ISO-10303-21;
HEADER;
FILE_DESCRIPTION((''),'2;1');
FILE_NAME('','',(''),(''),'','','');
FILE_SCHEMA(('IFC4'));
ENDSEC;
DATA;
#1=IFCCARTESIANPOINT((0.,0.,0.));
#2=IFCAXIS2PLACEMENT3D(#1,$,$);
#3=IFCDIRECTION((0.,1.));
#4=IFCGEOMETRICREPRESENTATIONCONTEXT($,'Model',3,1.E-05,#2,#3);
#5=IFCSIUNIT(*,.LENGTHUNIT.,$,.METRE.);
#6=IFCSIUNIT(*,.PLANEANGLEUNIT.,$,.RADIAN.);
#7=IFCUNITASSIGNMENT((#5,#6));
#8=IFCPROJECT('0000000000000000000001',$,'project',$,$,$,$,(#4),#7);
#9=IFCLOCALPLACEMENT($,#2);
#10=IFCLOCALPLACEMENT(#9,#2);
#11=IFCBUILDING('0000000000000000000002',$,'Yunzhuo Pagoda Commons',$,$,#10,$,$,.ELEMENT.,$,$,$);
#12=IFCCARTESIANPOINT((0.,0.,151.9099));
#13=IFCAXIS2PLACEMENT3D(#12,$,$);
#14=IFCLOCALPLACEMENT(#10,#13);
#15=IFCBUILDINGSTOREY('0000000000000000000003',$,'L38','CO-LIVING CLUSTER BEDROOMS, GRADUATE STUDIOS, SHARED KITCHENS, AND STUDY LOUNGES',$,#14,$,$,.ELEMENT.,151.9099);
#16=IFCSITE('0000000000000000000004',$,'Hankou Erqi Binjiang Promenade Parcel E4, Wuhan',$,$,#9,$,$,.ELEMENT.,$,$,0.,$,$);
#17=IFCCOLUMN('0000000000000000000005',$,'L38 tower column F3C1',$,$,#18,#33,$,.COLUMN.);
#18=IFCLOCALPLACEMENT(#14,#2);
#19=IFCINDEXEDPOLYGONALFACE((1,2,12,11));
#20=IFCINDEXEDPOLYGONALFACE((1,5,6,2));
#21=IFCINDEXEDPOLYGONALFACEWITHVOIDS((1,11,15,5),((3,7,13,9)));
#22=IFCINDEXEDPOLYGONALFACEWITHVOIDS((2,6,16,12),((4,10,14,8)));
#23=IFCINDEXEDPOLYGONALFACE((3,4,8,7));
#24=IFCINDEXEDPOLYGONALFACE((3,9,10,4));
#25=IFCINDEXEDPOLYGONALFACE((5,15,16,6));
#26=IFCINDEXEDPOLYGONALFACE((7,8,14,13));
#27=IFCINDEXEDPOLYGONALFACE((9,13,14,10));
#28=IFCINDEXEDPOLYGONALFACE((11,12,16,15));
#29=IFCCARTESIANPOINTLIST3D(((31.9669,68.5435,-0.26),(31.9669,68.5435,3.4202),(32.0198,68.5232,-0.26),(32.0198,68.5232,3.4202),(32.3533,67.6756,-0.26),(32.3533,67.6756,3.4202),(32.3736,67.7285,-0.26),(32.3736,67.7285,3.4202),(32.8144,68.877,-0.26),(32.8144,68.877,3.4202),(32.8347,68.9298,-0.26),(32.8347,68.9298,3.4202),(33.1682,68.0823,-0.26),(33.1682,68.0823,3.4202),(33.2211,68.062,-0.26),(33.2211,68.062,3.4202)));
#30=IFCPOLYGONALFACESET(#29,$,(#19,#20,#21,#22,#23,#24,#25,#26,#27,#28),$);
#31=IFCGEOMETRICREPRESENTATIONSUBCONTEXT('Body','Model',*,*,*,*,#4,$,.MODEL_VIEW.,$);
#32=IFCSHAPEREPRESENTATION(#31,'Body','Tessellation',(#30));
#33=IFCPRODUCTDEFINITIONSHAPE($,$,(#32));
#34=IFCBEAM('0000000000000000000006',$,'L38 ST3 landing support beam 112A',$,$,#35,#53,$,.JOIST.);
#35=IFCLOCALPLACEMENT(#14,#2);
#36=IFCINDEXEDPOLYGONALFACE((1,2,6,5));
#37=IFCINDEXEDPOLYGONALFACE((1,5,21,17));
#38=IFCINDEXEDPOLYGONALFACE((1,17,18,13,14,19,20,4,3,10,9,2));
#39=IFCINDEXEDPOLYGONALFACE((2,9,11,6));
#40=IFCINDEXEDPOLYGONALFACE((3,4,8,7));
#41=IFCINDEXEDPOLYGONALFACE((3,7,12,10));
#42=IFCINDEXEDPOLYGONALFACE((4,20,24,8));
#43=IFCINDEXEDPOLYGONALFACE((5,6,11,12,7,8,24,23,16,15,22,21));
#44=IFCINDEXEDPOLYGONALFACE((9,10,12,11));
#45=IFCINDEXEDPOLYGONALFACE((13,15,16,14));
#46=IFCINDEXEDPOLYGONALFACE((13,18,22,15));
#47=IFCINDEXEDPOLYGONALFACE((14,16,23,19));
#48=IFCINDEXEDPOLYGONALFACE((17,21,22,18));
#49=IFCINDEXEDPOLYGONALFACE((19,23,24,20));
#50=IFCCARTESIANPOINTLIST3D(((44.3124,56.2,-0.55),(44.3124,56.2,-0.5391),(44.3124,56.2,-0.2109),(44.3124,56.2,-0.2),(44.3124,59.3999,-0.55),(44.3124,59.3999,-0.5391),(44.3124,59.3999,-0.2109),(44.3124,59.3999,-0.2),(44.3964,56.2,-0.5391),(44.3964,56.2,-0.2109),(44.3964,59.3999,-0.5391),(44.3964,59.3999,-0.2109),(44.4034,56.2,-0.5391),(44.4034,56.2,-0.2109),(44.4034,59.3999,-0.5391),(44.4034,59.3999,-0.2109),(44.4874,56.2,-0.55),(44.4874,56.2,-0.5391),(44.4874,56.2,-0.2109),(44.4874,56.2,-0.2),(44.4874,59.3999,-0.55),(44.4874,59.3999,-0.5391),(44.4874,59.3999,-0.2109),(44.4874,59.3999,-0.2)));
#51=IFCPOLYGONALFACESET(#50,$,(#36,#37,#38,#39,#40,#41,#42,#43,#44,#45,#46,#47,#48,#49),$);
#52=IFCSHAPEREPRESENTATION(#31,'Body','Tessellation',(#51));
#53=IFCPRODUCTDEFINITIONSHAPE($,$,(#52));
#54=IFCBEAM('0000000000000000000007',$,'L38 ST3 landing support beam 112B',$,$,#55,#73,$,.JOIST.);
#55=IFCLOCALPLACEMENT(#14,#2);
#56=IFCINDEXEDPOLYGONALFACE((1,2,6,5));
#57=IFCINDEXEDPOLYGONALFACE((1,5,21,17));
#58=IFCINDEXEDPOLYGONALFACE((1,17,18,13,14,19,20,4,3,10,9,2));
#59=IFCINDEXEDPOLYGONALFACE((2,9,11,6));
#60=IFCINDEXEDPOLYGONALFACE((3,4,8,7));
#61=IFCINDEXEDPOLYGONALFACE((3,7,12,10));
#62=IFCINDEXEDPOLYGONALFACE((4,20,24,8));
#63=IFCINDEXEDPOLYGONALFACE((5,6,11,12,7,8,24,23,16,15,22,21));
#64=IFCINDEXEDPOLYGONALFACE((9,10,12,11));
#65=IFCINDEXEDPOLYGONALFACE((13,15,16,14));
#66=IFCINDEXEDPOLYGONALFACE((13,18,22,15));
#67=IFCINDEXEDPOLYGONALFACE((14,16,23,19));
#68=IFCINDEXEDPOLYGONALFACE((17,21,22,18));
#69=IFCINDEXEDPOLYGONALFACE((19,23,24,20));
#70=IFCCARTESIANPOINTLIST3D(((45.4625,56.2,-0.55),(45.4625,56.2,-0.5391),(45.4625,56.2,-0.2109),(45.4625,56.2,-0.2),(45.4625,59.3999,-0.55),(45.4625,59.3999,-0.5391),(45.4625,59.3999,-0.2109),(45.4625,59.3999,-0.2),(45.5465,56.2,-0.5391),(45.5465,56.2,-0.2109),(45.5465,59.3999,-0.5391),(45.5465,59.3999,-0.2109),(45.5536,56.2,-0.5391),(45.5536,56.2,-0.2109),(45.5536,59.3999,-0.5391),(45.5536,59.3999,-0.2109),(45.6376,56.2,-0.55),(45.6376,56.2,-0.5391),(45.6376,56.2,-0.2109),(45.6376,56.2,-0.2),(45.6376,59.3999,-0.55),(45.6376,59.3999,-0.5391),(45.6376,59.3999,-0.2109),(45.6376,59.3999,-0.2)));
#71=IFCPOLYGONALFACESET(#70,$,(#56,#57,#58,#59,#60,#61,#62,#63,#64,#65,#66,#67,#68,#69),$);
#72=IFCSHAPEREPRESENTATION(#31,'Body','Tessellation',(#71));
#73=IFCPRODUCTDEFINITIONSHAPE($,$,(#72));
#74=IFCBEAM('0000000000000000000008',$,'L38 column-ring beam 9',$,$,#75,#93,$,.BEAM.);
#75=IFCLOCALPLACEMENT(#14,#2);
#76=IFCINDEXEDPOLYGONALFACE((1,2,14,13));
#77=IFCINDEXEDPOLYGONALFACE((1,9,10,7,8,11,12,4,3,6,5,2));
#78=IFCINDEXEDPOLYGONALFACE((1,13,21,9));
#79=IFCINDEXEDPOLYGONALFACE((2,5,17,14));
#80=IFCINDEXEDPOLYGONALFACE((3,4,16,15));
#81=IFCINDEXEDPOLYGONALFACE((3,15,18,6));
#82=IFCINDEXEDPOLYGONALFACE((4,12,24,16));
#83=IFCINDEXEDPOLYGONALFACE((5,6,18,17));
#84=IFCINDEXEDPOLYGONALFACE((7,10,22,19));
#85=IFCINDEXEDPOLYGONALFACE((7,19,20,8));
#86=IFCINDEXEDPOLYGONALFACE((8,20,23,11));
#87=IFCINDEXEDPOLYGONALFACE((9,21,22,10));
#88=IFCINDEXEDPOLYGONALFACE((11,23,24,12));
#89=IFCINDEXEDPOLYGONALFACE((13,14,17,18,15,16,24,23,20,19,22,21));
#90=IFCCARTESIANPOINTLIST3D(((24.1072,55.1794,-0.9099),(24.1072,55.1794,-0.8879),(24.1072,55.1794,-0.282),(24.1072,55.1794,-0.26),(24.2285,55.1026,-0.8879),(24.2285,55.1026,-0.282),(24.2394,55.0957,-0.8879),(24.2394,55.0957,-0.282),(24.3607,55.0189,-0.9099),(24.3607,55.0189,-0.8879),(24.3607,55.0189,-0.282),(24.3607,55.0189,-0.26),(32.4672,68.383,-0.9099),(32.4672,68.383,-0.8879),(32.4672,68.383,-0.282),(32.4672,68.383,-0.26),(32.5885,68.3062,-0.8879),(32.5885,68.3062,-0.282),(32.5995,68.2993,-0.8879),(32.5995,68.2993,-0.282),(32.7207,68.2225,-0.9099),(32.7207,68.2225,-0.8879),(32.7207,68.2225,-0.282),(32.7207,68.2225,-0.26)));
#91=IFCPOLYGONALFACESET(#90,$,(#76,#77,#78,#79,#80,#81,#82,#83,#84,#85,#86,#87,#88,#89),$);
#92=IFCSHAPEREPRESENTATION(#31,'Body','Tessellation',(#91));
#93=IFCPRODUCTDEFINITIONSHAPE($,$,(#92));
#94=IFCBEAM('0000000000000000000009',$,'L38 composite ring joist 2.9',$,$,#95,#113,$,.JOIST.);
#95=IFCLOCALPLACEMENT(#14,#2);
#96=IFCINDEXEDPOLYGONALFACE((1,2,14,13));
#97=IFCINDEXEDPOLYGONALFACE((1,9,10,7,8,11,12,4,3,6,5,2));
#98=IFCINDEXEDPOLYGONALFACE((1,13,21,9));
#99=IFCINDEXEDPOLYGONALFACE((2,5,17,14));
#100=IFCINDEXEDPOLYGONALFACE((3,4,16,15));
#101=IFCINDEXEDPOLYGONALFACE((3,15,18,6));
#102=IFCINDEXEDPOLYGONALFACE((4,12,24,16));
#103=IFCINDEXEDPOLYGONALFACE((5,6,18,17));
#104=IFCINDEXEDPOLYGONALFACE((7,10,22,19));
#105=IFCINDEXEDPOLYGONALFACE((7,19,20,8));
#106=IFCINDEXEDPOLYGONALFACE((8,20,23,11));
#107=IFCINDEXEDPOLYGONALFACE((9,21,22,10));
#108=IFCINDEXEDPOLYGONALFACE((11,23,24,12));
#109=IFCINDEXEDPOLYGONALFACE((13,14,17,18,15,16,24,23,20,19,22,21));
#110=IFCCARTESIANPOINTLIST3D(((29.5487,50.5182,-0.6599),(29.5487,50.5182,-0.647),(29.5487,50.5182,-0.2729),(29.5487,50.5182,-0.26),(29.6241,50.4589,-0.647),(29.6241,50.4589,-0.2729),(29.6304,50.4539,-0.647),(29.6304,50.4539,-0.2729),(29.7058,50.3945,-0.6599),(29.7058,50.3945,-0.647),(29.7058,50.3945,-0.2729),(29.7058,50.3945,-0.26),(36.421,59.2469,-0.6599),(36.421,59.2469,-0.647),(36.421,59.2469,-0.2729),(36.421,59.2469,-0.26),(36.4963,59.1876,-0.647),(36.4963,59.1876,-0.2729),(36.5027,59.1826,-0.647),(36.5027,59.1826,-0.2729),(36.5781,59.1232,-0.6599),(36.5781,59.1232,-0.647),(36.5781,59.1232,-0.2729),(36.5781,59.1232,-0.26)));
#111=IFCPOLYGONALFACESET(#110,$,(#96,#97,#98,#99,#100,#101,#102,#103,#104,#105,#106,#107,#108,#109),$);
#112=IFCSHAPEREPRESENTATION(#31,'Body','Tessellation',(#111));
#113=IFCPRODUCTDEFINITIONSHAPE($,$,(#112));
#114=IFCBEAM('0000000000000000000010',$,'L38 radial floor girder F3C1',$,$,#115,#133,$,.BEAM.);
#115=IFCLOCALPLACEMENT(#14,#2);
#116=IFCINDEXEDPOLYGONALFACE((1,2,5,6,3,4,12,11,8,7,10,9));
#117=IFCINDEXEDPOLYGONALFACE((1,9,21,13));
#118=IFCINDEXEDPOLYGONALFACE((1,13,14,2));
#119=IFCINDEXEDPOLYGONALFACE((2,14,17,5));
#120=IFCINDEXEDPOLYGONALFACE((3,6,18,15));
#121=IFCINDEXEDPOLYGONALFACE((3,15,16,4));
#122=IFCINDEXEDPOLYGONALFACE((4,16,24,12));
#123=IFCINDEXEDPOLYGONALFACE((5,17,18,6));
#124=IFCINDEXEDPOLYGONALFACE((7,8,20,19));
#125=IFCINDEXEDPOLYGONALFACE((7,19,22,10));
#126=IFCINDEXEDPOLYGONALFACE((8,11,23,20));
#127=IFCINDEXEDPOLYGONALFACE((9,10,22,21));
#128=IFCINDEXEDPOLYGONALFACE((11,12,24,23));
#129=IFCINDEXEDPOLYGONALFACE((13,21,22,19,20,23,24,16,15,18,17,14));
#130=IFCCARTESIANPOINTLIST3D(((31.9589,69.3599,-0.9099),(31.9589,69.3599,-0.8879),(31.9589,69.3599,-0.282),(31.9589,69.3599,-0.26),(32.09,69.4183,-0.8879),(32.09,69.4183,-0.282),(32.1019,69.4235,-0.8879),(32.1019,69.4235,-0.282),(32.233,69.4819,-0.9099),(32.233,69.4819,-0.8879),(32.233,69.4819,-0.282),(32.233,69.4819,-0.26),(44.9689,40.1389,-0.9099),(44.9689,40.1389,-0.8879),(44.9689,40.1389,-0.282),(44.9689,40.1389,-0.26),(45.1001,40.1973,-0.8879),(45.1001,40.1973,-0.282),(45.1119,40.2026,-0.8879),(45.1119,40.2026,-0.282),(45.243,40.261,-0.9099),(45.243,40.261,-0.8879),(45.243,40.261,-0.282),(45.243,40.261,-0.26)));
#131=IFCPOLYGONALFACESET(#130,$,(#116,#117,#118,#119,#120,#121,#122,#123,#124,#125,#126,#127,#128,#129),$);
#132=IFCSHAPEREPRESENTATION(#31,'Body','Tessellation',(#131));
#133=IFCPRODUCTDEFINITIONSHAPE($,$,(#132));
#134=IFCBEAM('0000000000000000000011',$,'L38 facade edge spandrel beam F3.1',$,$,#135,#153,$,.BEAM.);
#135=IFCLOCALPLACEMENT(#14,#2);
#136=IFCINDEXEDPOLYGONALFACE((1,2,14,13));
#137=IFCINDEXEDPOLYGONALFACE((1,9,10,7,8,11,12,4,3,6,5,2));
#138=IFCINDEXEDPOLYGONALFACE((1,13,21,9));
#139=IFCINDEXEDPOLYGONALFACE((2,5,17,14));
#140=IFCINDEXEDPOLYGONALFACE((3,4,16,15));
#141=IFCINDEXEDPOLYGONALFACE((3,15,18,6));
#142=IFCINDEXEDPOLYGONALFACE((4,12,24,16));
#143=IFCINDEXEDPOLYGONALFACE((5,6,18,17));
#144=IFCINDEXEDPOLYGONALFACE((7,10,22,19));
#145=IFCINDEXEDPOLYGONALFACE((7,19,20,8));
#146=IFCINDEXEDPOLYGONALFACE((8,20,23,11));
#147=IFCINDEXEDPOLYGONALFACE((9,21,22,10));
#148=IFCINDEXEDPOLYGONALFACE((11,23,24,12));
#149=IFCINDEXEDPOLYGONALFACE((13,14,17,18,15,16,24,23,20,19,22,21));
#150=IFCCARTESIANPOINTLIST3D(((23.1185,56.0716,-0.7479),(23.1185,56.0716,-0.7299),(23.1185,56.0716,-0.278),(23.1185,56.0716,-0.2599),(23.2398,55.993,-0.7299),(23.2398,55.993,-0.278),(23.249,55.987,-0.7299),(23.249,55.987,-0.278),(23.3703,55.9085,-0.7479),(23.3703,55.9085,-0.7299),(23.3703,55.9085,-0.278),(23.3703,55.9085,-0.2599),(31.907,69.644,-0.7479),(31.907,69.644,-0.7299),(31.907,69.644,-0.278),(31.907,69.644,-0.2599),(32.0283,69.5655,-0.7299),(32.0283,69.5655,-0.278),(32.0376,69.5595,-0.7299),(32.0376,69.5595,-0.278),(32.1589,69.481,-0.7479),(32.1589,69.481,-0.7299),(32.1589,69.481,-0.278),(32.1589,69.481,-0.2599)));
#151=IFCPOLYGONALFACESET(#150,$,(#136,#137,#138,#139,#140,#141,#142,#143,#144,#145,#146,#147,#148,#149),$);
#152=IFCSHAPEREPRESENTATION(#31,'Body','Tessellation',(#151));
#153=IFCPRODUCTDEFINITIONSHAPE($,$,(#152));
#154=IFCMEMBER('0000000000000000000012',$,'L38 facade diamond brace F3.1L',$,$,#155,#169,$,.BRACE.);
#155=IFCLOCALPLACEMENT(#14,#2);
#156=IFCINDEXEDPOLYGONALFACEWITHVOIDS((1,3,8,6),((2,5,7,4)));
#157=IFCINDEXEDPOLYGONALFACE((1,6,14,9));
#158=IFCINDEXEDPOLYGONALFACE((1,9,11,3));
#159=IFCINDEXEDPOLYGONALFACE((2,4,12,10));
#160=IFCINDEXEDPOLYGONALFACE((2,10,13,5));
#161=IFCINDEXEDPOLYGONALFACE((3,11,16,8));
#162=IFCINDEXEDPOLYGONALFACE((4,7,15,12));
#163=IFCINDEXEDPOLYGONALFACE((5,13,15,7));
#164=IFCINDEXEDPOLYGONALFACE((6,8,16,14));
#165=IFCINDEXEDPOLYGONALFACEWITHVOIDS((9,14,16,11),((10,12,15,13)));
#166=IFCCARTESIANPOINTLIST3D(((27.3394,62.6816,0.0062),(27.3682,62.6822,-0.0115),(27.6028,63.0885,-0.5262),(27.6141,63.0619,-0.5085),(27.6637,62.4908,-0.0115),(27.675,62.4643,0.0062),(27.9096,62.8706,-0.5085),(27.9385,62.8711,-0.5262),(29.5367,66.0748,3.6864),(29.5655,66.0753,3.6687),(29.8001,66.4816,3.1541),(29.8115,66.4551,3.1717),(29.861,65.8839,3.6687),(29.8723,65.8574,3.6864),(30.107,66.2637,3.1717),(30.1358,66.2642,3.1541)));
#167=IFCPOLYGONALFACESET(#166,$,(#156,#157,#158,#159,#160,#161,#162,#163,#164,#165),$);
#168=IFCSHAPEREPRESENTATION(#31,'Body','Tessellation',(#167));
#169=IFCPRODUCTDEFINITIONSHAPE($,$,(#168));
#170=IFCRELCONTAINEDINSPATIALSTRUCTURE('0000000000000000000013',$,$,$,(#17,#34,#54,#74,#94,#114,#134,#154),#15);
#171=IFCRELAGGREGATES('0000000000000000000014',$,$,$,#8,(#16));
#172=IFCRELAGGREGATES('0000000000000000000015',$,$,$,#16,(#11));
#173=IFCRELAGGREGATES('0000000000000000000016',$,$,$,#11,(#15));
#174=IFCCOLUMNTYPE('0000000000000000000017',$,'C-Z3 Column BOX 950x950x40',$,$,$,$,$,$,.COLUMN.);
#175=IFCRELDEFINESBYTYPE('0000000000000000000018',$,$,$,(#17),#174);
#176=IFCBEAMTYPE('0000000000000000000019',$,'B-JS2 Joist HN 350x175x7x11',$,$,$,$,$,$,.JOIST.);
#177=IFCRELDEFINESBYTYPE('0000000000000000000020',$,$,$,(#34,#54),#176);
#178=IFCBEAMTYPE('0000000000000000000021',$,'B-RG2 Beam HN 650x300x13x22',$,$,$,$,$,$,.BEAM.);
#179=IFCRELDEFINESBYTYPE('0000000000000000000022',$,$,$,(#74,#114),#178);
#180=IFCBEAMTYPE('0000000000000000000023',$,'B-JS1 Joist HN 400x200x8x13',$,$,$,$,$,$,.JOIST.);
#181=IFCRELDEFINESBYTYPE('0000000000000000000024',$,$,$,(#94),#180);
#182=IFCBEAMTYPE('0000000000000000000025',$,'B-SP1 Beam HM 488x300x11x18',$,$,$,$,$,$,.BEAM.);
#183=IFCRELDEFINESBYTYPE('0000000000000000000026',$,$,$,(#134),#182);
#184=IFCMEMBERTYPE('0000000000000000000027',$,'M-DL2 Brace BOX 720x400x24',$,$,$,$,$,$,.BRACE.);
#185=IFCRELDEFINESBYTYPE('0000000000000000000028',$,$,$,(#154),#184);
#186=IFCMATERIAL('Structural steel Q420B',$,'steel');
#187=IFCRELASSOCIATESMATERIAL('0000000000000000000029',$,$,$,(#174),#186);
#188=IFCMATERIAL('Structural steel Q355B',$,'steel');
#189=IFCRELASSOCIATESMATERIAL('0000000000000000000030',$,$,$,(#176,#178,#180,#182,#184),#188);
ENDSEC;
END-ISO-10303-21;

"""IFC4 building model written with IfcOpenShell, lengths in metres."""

from ifc_helpers import new_model, si_unit, direction, frame, origin, origin_2d, place, context, subcontext, project, spatial, hollow_rectangle, i_section, extrude, source, transform, mapped, material, material_profile, profile_set, type_object, element, save


model = new_model("IFC4")

# Units and contexts
model_context = context("Model", 3, precision=1e-05, world=origin(), true_north=direction((0.0, 1.0)))
body_context = subcontext(model_context, "Body", "Model", "MODEL_VIEW")
ifc_project = project(units=[si_unit("LENGTHUNIT", "METRE"), si_unit("PLANEANGLEUNIT", "RADIAN")], contexts=[model_context])

# Site, building, storey
site_placement = place(None, origin())
site = spatial("IfcSite", under=ifc_project, at=site_placement, Name="Hankou Erqi Binjiang Promenade Parcel E4, Wuhan", CompositionType="ELEMENT", RefElevation=0.0)
building_placement = place(site_placement, origin())
building = spatial("IfcBuilding", under=site, at=building_placement, Name="Yunzhuo Pagoda Commons", CompositionType="ELEMENT")
storey_placement = place(building_placement, frame((0.0, 0.0, 151.9099)))
storey = spatial("IfcBuildingStorey", under=building, at=storey_placement, Name="L38", Description="CO-LIVING CLUSTER BEDROOMS, GRADUATE STUDIOS, SHARED KITCHENS, AND STUDY LOUNGES", CompositionType="ELEMENT", Elevation=151.9099)

# Column
ifc_material_1 = material(Name="Structural steel Q420B", Category="steel")
ifc_material_profile_1 = material_profile(ifc_material_1, hollow_rectangle(XDim=0.95, YDim=0.95, WallThickness=0.04, at=origin_2d()), Name="Structural steel Q420B")
ifc_profile_set_1 = profile_set([ifc_material_profile_1], Name="Structural steel Q420B")
column_type = type_object("IfcColumnType", Name="C-Z3 Column BOX 950x950x40", PredefinedType="COLUMN", material=ifc_profile_set_1)
shared_shape_1 = source(origin(), body_context, "Body", "SweptSolid", [
    extrude(hollow_rectangle(XDim=0.95, YDim=0.95, WallThickness=0.04, at=origin_2d()), origin(), (0.0, 0.0, 1.0), 3.6802),
])
column_placement = place(storey_placement, frame((32.594, 68.3027, -0.26), z_axis=(0.0, 0.0, 1.0), x_axis=(-0.913545, -0.406737, 0.0)))
element("IfcColumn", 1, at=column_placement, inside=storey, type_object=column_type, Name="L38 tower column F3C1", PredefinedType="COLUMN", context=body_context, shape_type="MappedRepresentation", body=[
    mapped(shared_shape_1, transform((0.0, 0.0, 0.0), scale=1.0)),
])

# Beams
ifc_material_2 = material(Name="Structural steel Q355B", Category="steel")
ifc_material_profile_2 = material_profile(ifc_material_2, i_section(OverallWidth=0.175, OverallDepth=0.3501, WebThickness=0.0071, FlangeThickness=0.011, at=origin_2d()), Name="Structural steel Q355B")
ifc_profile_set_2 = profile_set([ifc_material_profile_2], Name="Structural steel Q355B")
beam_type_1 = type_object("IfcBeamType", Name="B-JS2 Joist HN 350x175x7x11", PredefinedType="JOIST", material=ifc_profile_set_2)
shared_shape_2 = source(origin(), body_context, "Body", "SweptSolid", [
    extrude(i_section(OverallWidth=0.175, OverallDepth=0.3501, WebThickness=0.0071, FlangeThickness=0.011, at=origin_2d()), origin(), (0.0, 0.0, 1.0), 3.2),
])
for number, where, z_axis, x_axis, name in (
    (2, (44.3999, 56.2, -0.375), (0.0, 1.0, 0.0), (-1.0, 0.0, 0.0), "L38 ST3 landing support beam 112A"),
    (3, (45.55, 56.2, -0.375), (0.0, 1.0, 0.0), (-1.0, 0.0, 0.0), "L38 ST3 landing support beam 112B"),
):
    element("IfcBeam", number, at=place(storey_placement, frame(where, z_axis=z_axis, x_axis=x_axis)), inside=storey, type_object=beam_type_1, Name=name, PredefinedType="JOIST", context=body_context, shape_type="MappedRepresentation", body=[
        mapped(shared_shape_2, transform((0.0, 0.0, 0.0), scale=1.0)),
    ])
ifc_material_profile_3 = material_profile(ifc_material_2, i_section(OverallWidth=0.3, OverallDepth=0.6499, WebThickness=0.0129, FlangeThickness=0.022, at=origin_2d()), Name="Structural steel Q355B")
ifc_profile_set_3 = profile_set([ifc_material_profile_3], Name="Structural steel Q355B")
beam_type_2 = type_object("IfcBeamType", Name="B-RG2 Beam HN 650x300x13x22", PredefinedType="BEAM", material=ifc_profile_set_3)
shared_shape_3 = source(origin(), body_context, "Body", "SweptSolid", [
    extrude(i_section(OverallWidth=0.3, OverallDepth=0.6499, WebThickness=0.0129, FlangeThickness=0.022, at=origin_2d()), origin(), (0.0, 0.0, 1.0), 15.6277),
])
beam_1_placement = place(storey_placement, frame((32.594, 68.3027, -0.585), z_axis=(-0.534952, -0.844882, 0.0), x_axis=(0.844882, -0.534952, 0.0)))
element("IfcBeam", 4, at=beam_1_placement, inside=storey, type_object=beam_type_2, Name="L38 column-ring beam 9", PredefinedType="BEAM", context=body_context, shape_type="MappedRepresentation", body=[
    mapped(shared_shape_3, transform((0.0, 0.0, 0.0), scale=1.0)),
])
ifc_material_profile_4 = material_profile(ifc_material_2, i_section(OverallWidth=0.2, OverallDepth=0.3999, WebThickness=0.0081, FlangeThickness=0.0129, at=origin_2d()), Name="Structural steel Q355B")
ifc_profile_set_4 = profile_set([ifc_material_profile_4], Name="Structural steel Q355B")
beam_type_3 = type_object("IfcBeamType", Name="B-JS1 Joist HN 400x200x8x13", PredefinedType="JOIST", material=ifc_profile_set_4)
shared_shape_4 = source(origin(), body_context, "Body", "SweptSolid", [
    extrude(i_section(OverallWidth=0.2, OverallDepth=0.3999, WebThickness=0.0081, FlangeThickness=0.0129, at=origin_2d()), origin(), (0.0, 0.0, 1.0), 11.1094),
])
beam_2_placement = place(storey_placement, frame((36.4995, 59.1851, -0.46), z_axis=(-0.618601, -0.785706, 0.0), x_axis=(0.785706, -0.618601, 0.0)))
element("IfcBeam", 5, at=beam_2_placement, inside=storey, type_object=beam_type_3, Name="L38 composite ring joist 2.9", PredefinedType="JOIST", context=body_context, shape_type="MappedRepresentation", body=[
    mapped(shared_shape_4, transform((0.0, 0.0, 0.0), scale=1.0)),
])
shared_shape_5 = source(origin(), body_context, "Body", "SweptSolid", [
    extrude(i_section(OverallWidth=0.3, OverallDepth=0.6499, WebThickness=0.0129, FlangeThickness=0.022, at=origin_2d()), origin(), (0.0, 0.0, 1.0), 31.9863),
])
beam_3_placement = place(storey_placement, frame((32.0959, 69.4209, -0.585), z_axis=(0.406737, -0.913545, 0.0), x_axis=(0.913545, 0.406737, 0.0)))
element("IfcBeam", 6, at=beam_3_placement, inside=storey, type_object=beam_type_2, Name="L38 radial floor girder F3C1", PredefinedType="BEAM", context=body_context, shape_type="MappedRepresentation", body=[
    mapped(shared_shape_5, transform((0.0, 0.0, 0.0), scale=1.0)),
])
ifc_material_profile_5 = material_profile(ifc_material_2, i_section(OverallWidth=0.3, OverallDepth=0.488, WebThickness=0.011, FlangeThickness=0.0181, at=origin_2d()), Name="Structural steel Q355B")
ifc_profile_set_5 = profile_set([ifc_material_profile_5], Name="Structural steel Q355B")
beam_type_4 = type_object("IfcBeamType", Name="B-SP1 Beam HM 488x300x11x18", PredefinedType="BEAM", material=ifc_profile_set_5)
shared_shape_6 = source(origin(), body_context, "Body", "SweptSolid", [
    extrude(i_section(OverallWidth=0.3, OverallDepth=0.488, WebThickness=0.011, FlangeThickness=0.0181, at=origin_2d()), origin(), (0.0, 0.0, 1.0), 16.1694),
])
beam_4_placement = place(storey_placement, frame((32.033, 69.5625, -0.5039), z_axis=(-0.543529, -0.839391, 0.0), x_axis=(0.839391, -0.543529, 0.0)))
element("IfcBeam", 7, at=beam_4_placement, inside=storey, type_object=beam_type_4, Name="L38 facade edge spandrel beam F3.1", PredefinedType="BEAM", context=body_context, shape_type="MappedRepresentation", body=[
    mapped(shared_shape_6, transform((0.0, 0.0, 0.0), scale=1.0)),
])

# Member
ifc_material_profile_6 = material_profile(ifc_material_2, hollow_rectangle(XDim=0.3999, YDim=0.72, WallThickness=0.0239, at=origin_2d()), Name="Structural steel Q355B")
ifc_profile_set_6 = profile_set([ifc_material_profile_6], Name="Structural steel Q355B")
member_type_1 = type_object("IfcMemberType", Name="M-DL2 Brace BOX 720x400x24", PredefinedType="BRACE", material=ifc_profile_set_6)
shared_shape_7 = source(origin(), body_context, "Body", "SweptSolid", [
    extrude(hollow_rectangle(XDim=0.3999, YDim=0.72, WallThickness=0.0239, at=origin_2d()), origin(), (0.0, 0.0, 1.0), 5.4668),
])
for number, where, z_axis, x_axis, name in (
    (8, (27.6389, 62.7764, -0.26), (0.401938, 0.620682, 0.673201), (-0.839372, 0.543557, 0.0), "L38 facade diamond brace F3.1L"),
):
    element("IfcMember", number, at=place(storey_placement, frame(where, z_axis=z_axis, x_axis=x_axis)), inside=storey, type_object=member_type_1, Name=name, PredefinedType="BRACE", context=body_context, shape_type="MappedRepresentation", body=[
        mapped(shared_shape_7, transform((0.0, 0.0, 0.0), scale=1.0)),
    ])

save(model, "model.ifc")
